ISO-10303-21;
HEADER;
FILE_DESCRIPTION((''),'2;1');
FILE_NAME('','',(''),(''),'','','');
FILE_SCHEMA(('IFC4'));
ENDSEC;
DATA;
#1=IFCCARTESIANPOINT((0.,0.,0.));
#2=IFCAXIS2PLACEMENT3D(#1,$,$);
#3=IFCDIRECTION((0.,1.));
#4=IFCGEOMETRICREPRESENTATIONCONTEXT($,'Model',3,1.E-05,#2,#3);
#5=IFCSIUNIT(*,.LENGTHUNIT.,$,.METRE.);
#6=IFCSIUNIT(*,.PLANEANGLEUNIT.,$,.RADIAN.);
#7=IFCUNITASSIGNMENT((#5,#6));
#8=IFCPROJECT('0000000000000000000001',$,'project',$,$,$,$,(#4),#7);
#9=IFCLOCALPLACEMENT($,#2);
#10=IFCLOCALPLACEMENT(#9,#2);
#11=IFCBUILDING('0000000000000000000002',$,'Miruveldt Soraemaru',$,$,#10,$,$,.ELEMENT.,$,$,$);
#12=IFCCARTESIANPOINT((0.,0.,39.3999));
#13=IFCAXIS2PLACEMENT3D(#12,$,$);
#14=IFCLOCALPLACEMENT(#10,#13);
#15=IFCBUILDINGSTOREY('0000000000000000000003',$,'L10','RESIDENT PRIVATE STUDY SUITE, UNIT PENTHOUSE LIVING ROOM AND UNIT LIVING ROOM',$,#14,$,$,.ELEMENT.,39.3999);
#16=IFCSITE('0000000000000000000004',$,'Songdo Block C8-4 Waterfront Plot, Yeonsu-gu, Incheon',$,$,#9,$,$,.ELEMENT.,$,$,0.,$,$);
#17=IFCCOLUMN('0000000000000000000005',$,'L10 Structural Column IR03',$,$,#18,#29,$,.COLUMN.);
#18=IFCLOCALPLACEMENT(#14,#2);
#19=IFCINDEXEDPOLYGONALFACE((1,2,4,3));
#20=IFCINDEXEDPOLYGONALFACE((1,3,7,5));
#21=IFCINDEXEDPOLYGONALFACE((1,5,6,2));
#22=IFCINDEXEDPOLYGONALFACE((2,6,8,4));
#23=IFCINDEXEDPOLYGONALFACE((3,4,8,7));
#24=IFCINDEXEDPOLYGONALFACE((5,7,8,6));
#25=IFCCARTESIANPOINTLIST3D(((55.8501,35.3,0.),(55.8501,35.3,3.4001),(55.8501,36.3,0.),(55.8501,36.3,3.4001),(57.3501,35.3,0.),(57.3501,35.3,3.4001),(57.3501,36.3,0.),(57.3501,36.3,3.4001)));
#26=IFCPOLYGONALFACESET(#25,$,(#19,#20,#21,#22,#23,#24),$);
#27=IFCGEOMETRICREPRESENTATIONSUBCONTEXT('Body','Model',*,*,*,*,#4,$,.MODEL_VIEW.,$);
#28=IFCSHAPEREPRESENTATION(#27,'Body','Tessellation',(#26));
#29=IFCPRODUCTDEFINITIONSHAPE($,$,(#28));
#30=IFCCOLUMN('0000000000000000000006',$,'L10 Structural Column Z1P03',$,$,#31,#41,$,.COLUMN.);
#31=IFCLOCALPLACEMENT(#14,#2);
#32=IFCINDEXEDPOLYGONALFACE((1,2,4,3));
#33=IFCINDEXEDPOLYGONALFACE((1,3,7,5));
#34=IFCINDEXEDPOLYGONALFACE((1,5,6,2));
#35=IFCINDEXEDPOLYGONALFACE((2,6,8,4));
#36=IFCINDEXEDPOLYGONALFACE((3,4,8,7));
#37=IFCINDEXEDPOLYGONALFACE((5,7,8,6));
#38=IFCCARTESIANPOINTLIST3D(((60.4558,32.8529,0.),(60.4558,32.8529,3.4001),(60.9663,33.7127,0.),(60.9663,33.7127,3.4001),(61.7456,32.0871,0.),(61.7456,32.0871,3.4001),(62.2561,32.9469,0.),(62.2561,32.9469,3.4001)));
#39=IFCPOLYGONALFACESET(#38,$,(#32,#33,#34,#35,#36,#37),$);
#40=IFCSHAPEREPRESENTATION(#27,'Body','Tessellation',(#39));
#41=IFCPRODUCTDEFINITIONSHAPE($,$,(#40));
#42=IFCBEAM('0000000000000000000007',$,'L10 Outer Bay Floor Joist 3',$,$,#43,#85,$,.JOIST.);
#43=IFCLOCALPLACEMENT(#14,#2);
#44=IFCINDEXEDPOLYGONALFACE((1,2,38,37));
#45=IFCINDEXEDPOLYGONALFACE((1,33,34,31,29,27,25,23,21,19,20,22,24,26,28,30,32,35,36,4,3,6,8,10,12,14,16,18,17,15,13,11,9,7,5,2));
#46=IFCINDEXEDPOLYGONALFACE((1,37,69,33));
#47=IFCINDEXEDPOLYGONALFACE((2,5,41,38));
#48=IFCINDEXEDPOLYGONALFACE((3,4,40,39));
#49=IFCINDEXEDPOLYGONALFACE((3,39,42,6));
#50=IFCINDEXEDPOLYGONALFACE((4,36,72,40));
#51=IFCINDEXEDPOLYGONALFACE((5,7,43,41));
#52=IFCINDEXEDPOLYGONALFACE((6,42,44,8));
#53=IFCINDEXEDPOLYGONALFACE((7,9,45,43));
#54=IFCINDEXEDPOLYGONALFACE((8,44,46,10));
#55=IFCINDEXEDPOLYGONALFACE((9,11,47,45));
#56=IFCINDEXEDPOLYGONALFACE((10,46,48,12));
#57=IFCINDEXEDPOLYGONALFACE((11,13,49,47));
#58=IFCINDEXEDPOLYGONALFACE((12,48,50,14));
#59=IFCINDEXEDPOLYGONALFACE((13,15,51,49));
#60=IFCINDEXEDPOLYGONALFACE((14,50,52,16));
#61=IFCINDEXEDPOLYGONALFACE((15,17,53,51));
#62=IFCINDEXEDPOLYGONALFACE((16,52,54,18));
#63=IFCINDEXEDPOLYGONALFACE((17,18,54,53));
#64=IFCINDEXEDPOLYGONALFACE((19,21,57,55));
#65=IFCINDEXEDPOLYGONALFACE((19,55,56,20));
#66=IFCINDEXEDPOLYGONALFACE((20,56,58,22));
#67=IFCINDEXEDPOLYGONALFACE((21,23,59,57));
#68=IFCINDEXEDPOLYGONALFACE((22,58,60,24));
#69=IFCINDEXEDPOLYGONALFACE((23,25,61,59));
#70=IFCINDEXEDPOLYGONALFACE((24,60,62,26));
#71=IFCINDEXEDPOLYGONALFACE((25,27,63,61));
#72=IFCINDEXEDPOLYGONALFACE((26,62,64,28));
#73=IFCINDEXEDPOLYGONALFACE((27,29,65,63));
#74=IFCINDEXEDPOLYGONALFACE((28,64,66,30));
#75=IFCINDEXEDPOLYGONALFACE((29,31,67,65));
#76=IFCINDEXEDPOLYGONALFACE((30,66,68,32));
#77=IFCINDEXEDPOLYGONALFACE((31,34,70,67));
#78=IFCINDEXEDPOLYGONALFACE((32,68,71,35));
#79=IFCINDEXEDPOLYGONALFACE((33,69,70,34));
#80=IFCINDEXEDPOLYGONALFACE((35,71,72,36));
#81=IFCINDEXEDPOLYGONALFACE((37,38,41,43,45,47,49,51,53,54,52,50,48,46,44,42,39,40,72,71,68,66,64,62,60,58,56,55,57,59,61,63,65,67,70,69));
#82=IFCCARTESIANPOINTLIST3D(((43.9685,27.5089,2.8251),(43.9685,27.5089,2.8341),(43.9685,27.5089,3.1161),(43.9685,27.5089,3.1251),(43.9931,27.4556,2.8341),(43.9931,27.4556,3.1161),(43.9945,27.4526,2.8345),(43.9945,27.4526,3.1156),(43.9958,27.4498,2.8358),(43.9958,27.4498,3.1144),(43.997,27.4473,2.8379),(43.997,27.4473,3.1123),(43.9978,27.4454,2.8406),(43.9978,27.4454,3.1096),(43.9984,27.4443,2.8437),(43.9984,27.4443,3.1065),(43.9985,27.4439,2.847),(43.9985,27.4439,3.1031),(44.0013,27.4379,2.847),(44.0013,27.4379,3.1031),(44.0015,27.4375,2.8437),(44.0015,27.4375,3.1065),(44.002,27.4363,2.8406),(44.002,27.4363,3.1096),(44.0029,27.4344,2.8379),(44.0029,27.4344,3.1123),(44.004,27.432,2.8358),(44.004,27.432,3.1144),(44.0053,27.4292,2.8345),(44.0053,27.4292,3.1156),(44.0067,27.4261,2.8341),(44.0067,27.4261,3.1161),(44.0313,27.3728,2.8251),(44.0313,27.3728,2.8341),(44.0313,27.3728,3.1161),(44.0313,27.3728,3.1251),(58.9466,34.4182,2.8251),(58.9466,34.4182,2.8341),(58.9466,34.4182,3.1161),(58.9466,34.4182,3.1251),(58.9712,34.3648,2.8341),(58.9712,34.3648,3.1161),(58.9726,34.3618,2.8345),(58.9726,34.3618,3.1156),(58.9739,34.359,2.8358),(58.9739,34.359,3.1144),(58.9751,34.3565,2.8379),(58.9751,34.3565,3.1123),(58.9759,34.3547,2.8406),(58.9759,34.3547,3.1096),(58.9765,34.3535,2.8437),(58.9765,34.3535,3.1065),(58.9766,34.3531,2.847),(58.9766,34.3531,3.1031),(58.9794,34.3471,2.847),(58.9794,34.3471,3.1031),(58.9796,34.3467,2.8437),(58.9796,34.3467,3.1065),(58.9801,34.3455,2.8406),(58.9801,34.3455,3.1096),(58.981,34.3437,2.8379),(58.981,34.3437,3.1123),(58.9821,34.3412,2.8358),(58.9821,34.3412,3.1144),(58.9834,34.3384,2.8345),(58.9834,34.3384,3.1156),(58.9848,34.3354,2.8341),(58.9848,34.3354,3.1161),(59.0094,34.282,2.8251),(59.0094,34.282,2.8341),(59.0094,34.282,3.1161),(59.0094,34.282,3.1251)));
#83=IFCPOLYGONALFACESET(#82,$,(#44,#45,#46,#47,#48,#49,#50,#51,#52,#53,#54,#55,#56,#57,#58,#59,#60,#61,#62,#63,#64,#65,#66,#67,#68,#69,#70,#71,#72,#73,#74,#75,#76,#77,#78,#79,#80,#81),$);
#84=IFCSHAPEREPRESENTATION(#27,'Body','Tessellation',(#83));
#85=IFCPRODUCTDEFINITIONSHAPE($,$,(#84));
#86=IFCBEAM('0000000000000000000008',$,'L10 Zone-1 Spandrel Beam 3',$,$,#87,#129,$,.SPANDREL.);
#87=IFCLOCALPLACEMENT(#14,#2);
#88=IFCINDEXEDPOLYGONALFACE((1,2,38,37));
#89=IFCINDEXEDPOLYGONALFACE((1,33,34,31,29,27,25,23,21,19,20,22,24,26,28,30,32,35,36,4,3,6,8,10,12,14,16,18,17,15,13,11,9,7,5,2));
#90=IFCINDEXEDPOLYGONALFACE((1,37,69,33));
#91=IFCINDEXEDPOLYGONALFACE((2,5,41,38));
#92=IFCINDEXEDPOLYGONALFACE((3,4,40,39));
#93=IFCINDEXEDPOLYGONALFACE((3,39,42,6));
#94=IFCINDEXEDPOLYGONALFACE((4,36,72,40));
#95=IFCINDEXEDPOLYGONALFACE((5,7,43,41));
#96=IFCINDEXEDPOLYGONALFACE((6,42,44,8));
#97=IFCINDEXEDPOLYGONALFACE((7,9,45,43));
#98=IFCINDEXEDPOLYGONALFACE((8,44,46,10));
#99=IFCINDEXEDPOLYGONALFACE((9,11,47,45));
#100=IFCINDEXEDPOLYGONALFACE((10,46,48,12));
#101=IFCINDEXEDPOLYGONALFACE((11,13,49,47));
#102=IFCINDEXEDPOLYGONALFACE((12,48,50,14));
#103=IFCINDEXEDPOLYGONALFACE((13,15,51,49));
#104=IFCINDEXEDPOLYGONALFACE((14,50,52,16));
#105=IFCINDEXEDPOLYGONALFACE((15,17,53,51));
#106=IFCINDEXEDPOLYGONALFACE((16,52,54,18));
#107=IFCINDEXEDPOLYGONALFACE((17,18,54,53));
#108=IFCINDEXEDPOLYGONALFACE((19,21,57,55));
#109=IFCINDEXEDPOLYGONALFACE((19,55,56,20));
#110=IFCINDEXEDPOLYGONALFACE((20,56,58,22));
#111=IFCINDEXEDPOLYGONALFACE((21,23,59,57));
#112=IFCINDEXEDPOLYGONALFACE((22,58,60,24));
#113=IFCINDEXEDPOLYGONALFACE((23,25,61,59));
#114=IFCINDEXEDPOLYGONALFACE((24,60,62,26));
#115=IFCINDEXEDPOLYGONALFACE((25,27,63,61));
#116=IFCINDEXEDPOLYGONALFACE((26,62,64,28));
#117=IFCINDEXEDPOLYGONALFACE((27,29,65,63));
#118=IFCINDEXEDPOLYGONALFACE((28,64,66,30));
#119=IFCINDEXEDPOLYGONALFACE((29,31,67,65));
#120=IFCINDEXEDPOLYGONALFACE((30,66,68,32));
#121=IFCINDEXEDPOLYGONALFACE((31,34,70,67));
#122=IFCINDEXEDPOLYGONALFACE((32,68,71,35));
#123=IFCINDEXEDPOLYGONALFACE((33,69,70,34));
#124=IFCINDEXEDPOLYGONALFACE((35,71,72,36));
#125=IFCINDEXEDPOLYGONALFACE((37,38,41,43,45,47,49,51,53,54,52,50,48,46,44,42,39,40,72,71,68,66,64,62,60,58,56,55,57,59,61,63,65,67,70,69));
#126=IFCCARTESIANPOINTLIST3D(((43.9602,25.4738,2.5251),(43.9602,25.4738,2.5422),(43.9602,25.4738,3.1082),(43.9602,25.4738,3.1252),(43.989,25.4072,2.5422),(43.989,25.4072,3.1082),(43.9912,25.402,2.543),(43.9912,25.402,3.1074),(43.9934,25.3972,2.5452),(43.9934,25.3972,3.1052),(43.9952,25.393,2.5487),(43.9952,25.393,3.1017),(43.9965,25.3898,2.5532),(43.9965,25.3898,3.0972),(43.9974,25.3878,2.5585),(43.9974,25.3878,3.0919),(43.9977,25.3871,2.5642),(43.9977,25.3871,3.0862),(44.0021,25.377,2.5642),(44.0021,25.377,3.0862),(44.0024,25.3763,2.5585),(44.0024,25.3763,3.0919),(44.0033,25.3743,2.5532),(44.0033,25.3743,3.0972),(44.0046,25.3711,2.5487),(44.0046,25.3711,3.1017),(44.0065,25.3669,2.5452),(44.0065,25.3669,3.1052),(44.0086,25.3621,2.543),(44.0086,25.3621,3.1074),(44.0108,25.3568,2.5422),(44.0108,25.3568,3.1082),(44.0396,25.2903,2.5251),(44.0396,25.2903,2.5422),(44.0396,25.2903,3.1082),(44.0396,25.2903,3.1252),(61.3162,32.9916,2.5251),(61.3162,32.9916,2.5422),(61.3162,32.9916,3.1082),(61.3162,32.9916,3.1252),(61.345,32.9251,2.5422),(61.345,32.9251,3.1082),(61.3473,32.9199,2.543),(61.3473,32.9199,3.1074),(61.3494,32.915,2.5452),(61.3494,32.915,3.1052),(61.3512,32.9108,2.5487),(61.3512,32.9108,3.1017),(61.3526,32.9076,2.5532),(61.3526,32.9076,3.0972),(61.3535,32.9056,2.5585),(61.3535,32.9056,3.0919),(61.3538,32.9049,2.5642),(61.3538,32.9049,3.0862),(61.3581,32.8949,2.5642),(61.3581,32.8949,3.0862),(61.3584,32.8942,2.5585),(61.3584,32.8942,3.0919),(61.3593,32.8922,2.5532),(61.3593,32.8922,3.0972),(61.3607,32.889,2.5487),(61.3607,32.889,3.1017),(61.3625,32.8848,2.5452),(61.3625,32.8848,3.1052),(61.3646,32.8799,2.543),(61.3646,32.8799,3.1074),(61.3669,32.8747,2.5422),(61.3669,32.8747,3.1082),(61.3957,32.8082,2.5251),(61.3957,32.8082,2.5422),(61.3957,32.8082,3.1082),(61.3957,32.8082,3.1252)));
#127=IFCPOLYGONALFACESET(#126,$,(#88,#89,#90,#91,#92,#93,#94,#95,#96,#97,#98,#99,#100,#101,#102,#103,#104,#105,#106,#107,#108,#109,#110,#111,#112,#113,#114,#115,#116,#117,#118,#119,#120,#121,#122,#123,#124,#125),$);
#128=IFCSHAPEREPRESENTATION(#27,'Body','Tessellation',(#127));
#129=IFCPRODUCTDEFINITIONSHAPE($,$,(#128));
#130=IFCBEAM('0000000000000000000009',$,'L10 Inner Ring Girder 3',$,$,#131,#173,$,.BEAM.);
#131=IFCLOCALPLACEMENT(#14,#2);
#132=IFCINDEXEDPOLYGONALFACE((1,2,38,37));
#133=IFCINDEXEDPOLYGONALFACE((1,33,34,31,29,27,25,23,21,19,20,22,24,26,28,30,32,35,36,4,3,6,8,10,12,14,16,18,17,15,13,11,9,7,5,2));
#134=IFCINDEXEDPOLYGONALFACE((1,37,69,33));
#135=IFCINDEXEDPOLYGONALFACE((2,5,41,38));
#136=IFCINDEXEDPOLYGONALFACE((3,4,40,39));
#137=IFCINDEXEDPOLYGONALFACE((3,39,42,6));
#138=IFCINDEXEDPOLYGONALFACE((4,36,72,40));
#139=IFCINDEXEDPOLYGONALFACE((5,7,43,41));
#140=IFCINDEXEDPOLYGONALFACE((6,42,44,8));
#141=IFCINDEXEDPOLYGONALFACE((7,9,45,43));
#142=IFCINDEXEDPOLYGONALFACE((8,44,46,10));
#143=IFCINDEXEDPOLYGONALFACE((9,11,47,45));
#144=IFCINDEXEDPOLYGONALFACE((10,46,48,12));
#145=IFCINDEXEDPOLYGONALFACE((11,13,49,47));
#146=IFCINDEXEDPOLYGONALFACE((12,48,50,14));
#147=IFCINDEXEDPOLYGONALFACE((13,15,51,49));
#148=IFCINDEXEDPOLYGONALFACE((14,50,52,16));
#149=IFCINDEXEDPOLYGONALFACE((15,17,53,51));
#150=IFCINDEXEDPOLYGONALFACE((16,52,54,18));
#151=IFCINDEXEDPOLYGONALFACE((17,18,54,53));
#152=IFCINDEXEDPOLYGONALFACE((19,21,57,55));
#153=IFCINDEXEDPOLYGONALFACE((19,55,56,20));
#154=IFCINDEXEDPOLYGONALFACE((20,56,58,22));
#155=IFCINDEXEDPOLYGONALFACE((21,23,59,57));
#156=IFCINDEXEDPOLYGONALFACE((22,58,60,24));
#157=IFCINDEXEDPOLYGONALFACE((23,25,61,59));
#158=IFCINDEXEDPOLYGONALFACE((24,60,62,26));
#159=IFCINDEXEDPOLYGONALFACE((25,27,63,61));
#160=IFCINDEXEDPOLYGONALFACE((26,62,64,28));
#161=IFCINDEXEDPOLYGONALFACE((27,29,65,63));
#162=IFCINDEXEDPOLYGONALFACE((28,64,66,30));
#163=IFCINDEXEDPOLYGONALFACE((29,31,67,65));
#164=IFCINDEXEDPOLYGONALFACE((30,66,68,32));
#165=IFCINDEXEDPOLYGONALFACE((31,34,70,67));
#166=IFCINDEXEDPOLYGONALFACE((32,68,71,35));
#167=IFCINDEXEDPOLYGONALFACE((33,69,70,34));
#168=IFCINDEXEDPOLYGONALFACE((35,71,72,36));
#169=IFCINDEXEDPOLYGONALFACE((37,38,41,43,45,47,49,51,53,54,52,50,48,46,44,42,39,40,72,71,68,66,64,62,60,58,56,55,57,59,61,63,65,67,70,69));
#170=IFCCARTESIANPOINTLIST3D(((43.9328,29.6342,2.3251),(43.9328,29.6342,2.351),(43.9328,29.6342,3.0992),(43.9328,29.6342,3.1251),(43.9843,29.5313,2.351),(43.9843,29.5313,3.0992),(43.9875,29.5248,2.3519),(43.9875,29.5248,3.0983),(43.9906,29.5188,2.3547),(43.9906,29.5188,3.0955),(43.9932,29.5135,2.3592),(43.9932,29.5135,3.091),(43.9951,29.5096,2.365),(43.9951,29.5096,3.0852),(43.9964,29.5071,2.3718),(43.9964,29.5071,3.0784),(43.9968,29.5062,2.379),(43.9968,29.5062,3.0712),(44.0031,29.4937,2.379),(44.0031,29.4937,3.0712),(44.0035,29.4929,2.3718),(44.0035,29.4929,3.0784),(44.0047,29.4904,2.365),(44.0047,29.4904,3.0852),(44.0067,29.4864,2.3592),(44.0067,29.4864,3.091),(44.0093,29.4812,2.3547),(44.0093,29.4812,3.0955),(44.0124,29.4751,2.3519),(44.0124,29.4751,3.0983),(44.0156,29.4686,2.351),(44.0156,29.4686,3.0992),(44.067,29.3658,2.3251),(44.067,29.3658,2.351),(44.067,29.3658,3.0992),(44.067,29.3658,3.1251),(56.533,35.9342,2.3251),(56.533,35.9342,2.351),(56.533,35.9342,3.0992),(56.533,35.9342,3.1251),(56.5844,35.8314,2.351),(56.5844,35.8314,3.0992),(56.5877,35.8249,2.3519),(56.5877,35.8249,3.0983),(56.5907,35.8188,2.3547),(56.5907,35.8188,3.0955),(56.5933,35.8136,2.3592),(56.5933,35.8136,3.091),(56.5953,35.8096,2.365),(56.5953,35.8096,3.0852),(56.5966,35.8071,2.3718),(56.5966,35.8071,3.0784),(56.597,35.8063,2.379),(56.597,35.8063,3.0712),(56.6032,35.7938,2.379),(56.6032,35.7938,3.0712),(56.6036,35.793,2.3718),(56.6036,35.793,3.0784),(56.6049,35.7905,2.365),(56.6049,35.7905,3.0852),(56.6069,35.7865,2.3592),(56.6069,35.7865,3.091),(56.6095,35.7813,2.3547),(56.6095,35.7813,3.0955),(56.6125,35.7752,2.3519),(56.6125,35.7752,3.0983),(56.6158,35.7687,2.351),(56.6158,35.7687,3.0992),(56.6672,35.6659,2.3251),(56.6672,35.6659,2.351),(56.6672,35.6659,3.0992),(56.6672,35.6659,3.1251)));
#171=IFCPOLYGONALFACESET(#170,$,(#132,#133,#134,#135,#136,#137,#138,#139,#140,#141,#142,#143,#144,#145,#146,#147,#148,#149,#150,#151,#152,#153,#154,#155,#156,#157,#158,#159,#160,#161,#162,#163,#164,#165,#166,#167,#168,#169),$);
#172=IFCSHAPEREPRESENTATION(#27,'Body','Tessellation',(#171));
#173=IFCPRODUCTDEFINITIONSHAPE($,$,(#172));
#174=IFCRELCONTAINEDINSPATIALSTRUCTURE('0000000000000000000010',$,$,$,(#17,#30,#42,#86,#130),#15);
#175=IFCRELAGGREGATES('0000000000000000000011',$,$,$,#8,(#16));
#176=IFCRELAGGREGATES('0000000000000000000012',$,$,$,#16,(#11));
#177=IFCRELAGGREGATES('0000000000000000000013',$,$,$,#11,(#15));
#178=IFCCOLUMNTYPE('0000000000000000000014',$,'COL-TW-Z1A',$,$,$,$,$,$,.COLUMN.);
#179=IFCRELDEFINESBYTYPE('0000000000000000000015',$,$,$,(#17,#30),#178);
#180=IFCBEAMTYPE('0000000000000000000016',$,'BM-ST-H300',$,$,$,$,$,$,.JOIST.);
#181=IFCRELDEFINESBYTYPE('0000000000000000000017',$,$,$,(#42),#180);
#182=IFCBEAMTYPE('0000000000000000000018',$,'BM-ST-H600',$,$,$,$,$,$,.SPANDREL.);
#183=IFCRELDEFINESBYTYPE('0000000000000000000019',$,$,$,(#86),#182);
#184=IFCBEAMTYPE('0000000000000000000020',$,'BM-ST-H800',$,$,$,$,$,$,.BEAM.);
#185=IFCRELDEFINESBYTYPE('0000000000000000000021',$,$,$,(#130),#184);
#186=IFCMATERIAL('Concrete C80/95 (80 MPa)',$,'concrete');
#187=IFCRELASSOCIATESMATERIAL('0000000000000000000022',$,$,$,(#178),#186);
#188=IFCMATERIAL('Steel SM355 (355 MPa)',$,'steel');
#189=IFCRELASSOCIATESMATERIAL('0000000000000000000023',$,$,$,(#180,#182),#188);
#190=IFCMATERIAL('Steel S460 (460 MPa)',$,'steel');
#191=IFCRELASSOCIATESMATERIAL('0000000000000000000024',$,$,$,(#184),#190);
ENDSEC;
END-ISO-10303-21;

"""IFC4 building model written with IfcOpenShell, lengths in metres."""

from ifc_helpers import new_model, si_unit, direction, frame, origin, origin_2d, place, context, subcontext, project, spatial, rectangle, i_section, extrude, material, material_profile, profile_set, type_object, element, save


model = new_model("IFC4")

# Units and contexts
model_context = context("Model", 3, precision=1e-05, world=origin(), true_north=direction((0.0, 1.0)))
body_context = subcontext(model_context, "Body", "Model", "MODEL_VIEW")
ifc_project = project(units=[si_unit("LENGTHUNIT", "METRE"), si_unit("PLANEANGLEUNIT", "RADIAN")], contexts=[model_context])

# Site, building, storey
site_placement = place(None, origin())
site = spatial("IfcSite", under=ifc_project, at=site_placement, Name="Songdo Block C8-4 Waterfront Plot, Yeonsu-gu, Incheon", CompositionType="ELEMENT", RefElevation=0.0)
building_placement = place(site_placement, origin())
building = spatial("IfcBuilding", under=site, at=building_placement, Name="Miruveldt Soraemaru", CompositionType="ELEMENT")
storey_placement = place(building_placement, frame((0.0, 0.0, 39.3999)))
storey = spatial("IfcBuildingStorey", under=building, at=storey_placement, Name="L10", Description="RESIDENT PRIVATE STUDY SUITE, UNIT PENTHOUSE LIVING ROOM AND UNIT LIVING ROOM", CompositionType="ELEMENT", Elevation=39.3999)

# Columns
ifc_material_1 = material(Name="Concrete C80/95 (80 MPa)", Category="concrete")
ifc_material_profile_1 = material_profile(ifc_material_1, rectangle(XDim=1.5, YDim=1.0, at=origin_2d()), Name="Concrete C80/95 (80 MPa)", Category="concrete")
ifc_profile_set_1 = profile_set([ifc_material_profile_1], Name="Concrete C80/95 (80 MPa)")
column_type = type_object("IfcColumnType", Name="COL-TW-Z1A", PredefinedType="COLUMN", material=ifc_profile_set_1)
for number, where, z_axis, x_axis, name in (
    (1, (56.6001, 35.8, 0.0), (0.0, 0.0, 1.0), (1.0, 0.0, 0.0), "L10 Structural Column IR03"),
    (2, (61.356, 32.8999, 0.0), (0.0, 0.0, 1.0), (-0.859852, 0.510543, 0.0), "L10 Structural Column Z1P03"),
):
    element("IfcColumn", number, at=place(storey_placement, frame(where, z_axis=z_axis, x_axis=x_axis)), inside=storey, type_object=column_type, Name=name, PredefinedType="COLUMN", context=body_context, shape_type="SweptSolid", body=[
        extrude(rectangle(XDim=1.5, YDim=1.0, at=origin_2d()), origin(), (0.0, 0.0, 1.0), 3.4001),
    ])

# Beams
ifc_material_2 = material(Name="Steel SM355 (355 MPa)", Category="steel")
ifc_material_profile_2 = material_profile(ifc_material_2, i_section(OverallWidth=0.1499, OverallDepth=0.3, WebThickness=0.0066, FlangeThickness=0.009, FilletRadius=0.0129, at=origin_2d()), Name="Steel SM355 (355 MPa)", Category="steel")
ifc_profile_set_2 = profile_set([ifc_material_profile_2], Name="Steel SM355 (355 MPa)")
beam_type_1 = type_object("IfcBeamType", Name="BM-ST-H300", PredefinedType="JOIST", material=ifc_profile_set_2)
beam_1_placement = place(storey_placement, frame((58.978, 34.3501, 2.9751), z_axis=(-0.908046, -0.41887, 0.0), x_axis=(0.41887, -0.908046, 0.0)))
element("IfcBeam", 3, at=beam_1_placement, inside=storey, type_object=beam_type_1, Name="L10 Outer Bay Floor Joist 3", PredefinedType="JOIST", context=body_context, shape_type="SweptSolid", body=[
    extrude(i_section(OverallWidth=0.1499, OverallDepth=0.3, WebThickness=0.0066, FlangeThickness=0.009, FilletRadius=0.0129, at=origin_2d()), origin(), (0.0, 0.0, 1.0), 16.4949),
])
ifc_material_profile_3 = material_profile(ifc_material_2, i_section(OverallWidth=0.2, OverallDepth=0.6001, WebThickness=0.011, FlangeThickness=0.0171, FilletRadius=0.022, at=origin_2d()), Name="Steel SM355 (355 MPa)", Category="steel")
ifc_profile_set_3 = profile_set([ifc_material_profile_3], Name="Steel SM355 (355 MPa)")
beam_type_2 = type_object("IfcBeamType", Name="BM-ST-H600", PredefinedType="SPANDREL", material=ifc_profile_set_3)
beam_2_placement = place(storey_placement, frame((61.356, 32.8999, 2.8252), z_axis=(-0.917615, -0.39747, 0.0), x_axis=(0.39747, -0.917615, 0.0)))
element("IfcBeam", 4, at=beam_2_placement, inside=storey, type_object=beam_type_2, Name="L10 Zone-1 Spandrel Beam 3", PredefinedType="SPANDREL", context=body_context, shape_type="SweptSolid", body=[
    extrude(i_section(OverallWidth=0.2, OverallDepth=0.6001, WebThickness=0.011, FlangeThickness=0.0171, FilletRadius=0.022, at=origin_2d()), origin(), (0.0, 0.0, 1.0), 18.9143),
])
ifc_material_3 = material(Name="Steel S460 (460 MPa)", Category="steel")
ifc_material_profile_4 = material_profile(ifc_material_3, i_section(OverallWidth=0.3, OverallDepth=0.8, WebThickness=0.0139, FlangeThickness=0.0259, FilletRadius=0.0281, at=origin_2d()), Name="Steel S460 (460 MPa)", Category="steel")
ifc_profile_set_4 = profile_set([ifc_material_profile_4], Name="Steel S460 (460 MPa)")
beam_type_3 = type_object("IfcBeamType", Name="BM-ST-H800", PredefinedType="BEAM", material=ifc_profile_set_4)
beam_3_placement = place(storey_placement, frame((56.6001, 35.8, 2.7251), z_axis=(-0.894427, -0.447214, 0.0), x_axis=(0.447214, -0.894427, 0.0)))
element("IfcBeam", 5, at=beam_3_placement, inside=storey, type_object=beam_type_3, Name="L10 Inner Ring Girder 3", PredefinedType="BEAM", context=body_context, shape_type="SweptSolid", body=[
    extrude(i_section(OverallWidth=0.3, OverallDepth=0.8, WebThickness=0.0139, FlangeThickness=0.0259, FilletRadius=0.0281, at=origin_2d()), origin(), (0.0, 0.0, 1.0), 14.0874),
])

save(model, "model.ifc")
